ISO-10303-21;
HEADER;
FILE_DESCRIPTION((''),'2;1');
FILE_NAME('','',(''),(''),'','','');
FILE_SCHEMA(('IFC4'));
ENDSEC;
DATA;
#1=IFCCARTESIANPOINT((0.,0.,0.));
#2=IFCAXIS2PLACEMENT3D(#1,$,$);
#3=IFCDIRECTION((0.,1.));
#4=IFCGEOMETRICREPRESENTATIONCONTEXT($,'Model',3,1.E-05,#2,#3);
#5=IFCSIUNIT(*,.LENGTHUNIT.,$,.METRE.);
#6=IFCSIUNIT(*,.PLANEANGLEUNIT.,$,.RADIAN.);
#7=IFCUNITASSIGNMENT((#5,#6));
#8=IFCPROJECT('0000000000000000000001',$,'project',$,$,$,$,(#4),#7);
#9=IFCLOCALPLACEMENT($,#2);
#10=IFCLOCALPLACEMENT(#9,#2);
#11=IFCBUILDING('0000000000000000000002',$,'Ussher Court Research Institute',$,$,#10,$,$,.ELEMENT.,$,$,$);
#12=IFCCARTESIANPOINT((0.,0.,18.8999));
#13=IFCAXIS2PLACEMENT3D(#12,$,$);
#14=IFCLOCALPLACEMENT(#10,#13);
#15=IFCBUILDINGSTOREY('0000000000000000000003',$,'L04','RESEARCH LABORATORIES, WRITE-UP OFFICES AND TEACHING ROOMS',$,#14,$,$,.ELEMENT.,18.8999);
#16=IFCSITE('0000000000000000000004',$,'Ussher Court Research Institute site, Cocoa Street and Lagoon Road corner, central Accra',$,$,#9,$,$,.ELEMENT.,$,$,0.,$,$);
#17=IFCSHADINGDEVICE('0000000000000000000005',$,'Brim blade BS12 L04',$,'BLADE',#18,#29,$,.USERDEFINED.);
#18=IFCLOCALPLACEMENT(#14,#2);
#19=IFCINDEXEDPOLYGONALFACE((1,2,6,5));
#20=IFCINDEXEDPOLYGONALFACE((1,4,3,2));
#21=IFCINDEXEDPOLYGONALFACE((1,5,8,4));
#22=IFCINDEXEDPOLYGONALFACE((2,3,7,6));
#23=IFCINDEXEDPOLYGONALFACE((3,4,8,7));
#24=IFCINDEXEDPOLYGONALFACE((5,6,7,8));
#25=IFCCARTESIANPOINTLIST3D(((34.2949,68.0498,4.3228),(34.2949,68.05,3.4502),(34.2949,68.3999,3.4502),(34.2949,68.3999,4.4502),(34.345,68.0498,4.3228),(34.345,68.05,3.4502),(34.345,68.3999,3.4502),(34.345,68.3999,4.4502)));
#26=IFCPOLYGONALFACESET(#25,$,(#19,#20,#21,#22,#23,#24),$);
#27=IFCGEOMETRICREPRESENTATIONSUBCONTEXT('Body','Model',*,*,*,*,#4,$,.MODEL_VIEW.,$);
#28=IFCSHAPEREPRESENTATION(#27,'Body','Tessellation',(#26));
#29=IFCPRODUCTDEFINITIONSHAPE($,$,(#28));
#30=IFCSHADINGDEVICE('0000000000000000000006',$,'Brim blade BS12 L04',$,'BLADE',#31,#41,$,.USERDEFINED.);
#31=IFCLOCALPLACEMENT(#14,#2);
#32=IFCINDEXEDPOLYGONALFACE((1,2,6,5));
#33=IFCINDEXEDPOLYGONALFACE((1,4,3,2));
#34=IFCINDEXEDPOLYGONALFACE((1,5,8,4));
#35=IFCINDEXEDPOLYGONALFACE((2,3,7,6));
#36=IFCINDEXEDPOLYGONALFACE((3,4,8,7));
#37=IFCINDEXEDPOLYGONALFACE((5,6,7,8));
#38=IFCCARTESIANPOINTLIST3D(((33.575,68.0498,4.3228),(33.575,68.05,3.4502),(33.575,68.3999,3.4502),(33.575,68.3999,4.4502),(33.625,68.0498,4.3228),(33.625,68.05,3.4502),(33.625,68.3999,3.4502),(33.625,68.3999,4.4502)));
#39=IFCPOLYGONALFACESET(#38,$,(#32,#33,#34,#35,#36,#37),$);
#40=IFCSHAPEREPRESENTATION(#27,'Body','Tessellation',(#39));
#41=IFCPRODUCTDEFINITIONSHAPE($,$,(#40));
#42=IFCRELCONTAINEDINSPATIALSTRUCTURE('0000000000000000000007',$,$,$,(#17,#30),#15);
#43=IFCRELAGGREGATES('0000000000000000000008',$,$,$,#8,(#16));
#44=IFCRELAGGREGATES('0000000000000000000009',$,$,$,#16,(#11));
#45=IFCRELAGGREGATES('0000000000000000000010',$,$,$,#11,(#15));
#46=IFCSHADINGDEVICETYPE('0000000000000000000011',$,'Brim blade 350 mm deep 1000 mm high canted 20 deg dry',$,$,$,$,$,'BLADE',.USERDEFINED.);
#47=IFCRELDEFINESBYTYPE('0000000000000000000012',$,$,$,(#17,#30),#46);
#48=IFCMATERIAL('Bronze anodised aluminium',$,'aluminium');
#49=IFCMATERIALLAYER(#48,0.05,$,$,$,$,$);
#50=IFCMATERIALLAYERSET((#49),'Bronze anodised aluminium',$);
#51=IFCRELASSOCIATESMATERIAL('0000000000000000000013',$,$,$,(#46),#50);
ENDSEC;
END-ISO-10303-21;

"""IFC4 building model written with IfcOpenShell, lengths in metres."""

from ifc_helpers import new_model, si_unit, direction, frame, origin, place, context, subcontext, project, spatial, polyline, outline, extrude, material, layer, layer_set, type_object, element, save


model = new_model("IFC4")

# Units and contexts
model_context = context("Model", 3, precision=1e-05, world=origin(), true_north=direction((0.0, 1.0)))
body_context = subcontext(model_context, "Body", "Model", "MODEL_VIEW")
ifc_project = project(units=[si_unit("LENGTHUNIT", "METRE"), si_unit("PLANEANGLEUNIT", "RADIAN")], contexts=[model_context])

# Site, building, storey
site_placement = place(None, origin())
site = spatial("IfcSite", under=ifc_project, at=site_placement, Name="Ussher Court Research Institute site, Cocoa Street and Lagoon Road corner, central Accra", CompositionType="ELEMENT", RefElevation=0.0)
building_placement = place(site_placement, origin())
building = spatial("IfcBuilding", under=site, at=building_placement, Name="Ussher Court Research Institute", CompositionType="ELEMENT")
storey_placement = place(building_placement, frame((0.0, 0.0, 18.8999)))
storey = spatial("IfcBuildingStorey", under=building, at=storey_placement, Name="L04", Description="RESEARCH LABORATORIES, WRITE-UP OFFICES AND TEACHING ROOMS", CompositionType="ELEMENT", Elevation=18.8999)

# Shading devices
ifc_material_1 = material(Name="Bronze anodised aluminium", Category="aluminium")
ifc_layer_1 = layer(ifc_material_1, 0.05)
ifc_layer_set_1 = layer_set([ifc_layer_1], Name="Bronze anodised aluminium")
shading_device_type_1 = type_object("IfcShadingDeviceType", Name="Brim blade 350 mm deep 1000 mm high canted 20 deg dry", ElementType="BLADE", PredefinedType="USERDEFINED", material=ifc_layer_set_1)
for number, where, z_axis, x_axis, name in (
    (1, (34.3201, 68.3999, 3.4502), (0.0, 0.0, 1.0), (0.0, -1.0, 0.0), "Brim blade BS12 L04"),
    (2, (33.6001, 68.3999, 3.4502), (0.0, 0.0, 1.0), (0.0, -1.0, 0.0), "Brim blade BS12 L04"),
):
    element("IfcShadingDevice", number, at=place(storey_placement, frame(where, z_axis=z_axis, x_axis=x_axis)), inside=storey, type_object=shading_device_type_1, Name=name, ObjectType="BLADE", PredefinedType="USERDEFINED", context=body_context, shape_type="SweptSolid", body=[
        extrude(outline(polyline([(0.0, 0.0), (0.3499, 0.0), (0.3501, 0.8726), (0.0, 1.0), (0.0, 0.0)])), frame((0.0, 0.0249, 0.0), z_axis=(0.0, -1.0, 0.0), x_axis=(1.0, 0.0, 0.0)), (0.0, 0.0, 1.0), 0.05),
    ])

save(model, "model.ifc")
